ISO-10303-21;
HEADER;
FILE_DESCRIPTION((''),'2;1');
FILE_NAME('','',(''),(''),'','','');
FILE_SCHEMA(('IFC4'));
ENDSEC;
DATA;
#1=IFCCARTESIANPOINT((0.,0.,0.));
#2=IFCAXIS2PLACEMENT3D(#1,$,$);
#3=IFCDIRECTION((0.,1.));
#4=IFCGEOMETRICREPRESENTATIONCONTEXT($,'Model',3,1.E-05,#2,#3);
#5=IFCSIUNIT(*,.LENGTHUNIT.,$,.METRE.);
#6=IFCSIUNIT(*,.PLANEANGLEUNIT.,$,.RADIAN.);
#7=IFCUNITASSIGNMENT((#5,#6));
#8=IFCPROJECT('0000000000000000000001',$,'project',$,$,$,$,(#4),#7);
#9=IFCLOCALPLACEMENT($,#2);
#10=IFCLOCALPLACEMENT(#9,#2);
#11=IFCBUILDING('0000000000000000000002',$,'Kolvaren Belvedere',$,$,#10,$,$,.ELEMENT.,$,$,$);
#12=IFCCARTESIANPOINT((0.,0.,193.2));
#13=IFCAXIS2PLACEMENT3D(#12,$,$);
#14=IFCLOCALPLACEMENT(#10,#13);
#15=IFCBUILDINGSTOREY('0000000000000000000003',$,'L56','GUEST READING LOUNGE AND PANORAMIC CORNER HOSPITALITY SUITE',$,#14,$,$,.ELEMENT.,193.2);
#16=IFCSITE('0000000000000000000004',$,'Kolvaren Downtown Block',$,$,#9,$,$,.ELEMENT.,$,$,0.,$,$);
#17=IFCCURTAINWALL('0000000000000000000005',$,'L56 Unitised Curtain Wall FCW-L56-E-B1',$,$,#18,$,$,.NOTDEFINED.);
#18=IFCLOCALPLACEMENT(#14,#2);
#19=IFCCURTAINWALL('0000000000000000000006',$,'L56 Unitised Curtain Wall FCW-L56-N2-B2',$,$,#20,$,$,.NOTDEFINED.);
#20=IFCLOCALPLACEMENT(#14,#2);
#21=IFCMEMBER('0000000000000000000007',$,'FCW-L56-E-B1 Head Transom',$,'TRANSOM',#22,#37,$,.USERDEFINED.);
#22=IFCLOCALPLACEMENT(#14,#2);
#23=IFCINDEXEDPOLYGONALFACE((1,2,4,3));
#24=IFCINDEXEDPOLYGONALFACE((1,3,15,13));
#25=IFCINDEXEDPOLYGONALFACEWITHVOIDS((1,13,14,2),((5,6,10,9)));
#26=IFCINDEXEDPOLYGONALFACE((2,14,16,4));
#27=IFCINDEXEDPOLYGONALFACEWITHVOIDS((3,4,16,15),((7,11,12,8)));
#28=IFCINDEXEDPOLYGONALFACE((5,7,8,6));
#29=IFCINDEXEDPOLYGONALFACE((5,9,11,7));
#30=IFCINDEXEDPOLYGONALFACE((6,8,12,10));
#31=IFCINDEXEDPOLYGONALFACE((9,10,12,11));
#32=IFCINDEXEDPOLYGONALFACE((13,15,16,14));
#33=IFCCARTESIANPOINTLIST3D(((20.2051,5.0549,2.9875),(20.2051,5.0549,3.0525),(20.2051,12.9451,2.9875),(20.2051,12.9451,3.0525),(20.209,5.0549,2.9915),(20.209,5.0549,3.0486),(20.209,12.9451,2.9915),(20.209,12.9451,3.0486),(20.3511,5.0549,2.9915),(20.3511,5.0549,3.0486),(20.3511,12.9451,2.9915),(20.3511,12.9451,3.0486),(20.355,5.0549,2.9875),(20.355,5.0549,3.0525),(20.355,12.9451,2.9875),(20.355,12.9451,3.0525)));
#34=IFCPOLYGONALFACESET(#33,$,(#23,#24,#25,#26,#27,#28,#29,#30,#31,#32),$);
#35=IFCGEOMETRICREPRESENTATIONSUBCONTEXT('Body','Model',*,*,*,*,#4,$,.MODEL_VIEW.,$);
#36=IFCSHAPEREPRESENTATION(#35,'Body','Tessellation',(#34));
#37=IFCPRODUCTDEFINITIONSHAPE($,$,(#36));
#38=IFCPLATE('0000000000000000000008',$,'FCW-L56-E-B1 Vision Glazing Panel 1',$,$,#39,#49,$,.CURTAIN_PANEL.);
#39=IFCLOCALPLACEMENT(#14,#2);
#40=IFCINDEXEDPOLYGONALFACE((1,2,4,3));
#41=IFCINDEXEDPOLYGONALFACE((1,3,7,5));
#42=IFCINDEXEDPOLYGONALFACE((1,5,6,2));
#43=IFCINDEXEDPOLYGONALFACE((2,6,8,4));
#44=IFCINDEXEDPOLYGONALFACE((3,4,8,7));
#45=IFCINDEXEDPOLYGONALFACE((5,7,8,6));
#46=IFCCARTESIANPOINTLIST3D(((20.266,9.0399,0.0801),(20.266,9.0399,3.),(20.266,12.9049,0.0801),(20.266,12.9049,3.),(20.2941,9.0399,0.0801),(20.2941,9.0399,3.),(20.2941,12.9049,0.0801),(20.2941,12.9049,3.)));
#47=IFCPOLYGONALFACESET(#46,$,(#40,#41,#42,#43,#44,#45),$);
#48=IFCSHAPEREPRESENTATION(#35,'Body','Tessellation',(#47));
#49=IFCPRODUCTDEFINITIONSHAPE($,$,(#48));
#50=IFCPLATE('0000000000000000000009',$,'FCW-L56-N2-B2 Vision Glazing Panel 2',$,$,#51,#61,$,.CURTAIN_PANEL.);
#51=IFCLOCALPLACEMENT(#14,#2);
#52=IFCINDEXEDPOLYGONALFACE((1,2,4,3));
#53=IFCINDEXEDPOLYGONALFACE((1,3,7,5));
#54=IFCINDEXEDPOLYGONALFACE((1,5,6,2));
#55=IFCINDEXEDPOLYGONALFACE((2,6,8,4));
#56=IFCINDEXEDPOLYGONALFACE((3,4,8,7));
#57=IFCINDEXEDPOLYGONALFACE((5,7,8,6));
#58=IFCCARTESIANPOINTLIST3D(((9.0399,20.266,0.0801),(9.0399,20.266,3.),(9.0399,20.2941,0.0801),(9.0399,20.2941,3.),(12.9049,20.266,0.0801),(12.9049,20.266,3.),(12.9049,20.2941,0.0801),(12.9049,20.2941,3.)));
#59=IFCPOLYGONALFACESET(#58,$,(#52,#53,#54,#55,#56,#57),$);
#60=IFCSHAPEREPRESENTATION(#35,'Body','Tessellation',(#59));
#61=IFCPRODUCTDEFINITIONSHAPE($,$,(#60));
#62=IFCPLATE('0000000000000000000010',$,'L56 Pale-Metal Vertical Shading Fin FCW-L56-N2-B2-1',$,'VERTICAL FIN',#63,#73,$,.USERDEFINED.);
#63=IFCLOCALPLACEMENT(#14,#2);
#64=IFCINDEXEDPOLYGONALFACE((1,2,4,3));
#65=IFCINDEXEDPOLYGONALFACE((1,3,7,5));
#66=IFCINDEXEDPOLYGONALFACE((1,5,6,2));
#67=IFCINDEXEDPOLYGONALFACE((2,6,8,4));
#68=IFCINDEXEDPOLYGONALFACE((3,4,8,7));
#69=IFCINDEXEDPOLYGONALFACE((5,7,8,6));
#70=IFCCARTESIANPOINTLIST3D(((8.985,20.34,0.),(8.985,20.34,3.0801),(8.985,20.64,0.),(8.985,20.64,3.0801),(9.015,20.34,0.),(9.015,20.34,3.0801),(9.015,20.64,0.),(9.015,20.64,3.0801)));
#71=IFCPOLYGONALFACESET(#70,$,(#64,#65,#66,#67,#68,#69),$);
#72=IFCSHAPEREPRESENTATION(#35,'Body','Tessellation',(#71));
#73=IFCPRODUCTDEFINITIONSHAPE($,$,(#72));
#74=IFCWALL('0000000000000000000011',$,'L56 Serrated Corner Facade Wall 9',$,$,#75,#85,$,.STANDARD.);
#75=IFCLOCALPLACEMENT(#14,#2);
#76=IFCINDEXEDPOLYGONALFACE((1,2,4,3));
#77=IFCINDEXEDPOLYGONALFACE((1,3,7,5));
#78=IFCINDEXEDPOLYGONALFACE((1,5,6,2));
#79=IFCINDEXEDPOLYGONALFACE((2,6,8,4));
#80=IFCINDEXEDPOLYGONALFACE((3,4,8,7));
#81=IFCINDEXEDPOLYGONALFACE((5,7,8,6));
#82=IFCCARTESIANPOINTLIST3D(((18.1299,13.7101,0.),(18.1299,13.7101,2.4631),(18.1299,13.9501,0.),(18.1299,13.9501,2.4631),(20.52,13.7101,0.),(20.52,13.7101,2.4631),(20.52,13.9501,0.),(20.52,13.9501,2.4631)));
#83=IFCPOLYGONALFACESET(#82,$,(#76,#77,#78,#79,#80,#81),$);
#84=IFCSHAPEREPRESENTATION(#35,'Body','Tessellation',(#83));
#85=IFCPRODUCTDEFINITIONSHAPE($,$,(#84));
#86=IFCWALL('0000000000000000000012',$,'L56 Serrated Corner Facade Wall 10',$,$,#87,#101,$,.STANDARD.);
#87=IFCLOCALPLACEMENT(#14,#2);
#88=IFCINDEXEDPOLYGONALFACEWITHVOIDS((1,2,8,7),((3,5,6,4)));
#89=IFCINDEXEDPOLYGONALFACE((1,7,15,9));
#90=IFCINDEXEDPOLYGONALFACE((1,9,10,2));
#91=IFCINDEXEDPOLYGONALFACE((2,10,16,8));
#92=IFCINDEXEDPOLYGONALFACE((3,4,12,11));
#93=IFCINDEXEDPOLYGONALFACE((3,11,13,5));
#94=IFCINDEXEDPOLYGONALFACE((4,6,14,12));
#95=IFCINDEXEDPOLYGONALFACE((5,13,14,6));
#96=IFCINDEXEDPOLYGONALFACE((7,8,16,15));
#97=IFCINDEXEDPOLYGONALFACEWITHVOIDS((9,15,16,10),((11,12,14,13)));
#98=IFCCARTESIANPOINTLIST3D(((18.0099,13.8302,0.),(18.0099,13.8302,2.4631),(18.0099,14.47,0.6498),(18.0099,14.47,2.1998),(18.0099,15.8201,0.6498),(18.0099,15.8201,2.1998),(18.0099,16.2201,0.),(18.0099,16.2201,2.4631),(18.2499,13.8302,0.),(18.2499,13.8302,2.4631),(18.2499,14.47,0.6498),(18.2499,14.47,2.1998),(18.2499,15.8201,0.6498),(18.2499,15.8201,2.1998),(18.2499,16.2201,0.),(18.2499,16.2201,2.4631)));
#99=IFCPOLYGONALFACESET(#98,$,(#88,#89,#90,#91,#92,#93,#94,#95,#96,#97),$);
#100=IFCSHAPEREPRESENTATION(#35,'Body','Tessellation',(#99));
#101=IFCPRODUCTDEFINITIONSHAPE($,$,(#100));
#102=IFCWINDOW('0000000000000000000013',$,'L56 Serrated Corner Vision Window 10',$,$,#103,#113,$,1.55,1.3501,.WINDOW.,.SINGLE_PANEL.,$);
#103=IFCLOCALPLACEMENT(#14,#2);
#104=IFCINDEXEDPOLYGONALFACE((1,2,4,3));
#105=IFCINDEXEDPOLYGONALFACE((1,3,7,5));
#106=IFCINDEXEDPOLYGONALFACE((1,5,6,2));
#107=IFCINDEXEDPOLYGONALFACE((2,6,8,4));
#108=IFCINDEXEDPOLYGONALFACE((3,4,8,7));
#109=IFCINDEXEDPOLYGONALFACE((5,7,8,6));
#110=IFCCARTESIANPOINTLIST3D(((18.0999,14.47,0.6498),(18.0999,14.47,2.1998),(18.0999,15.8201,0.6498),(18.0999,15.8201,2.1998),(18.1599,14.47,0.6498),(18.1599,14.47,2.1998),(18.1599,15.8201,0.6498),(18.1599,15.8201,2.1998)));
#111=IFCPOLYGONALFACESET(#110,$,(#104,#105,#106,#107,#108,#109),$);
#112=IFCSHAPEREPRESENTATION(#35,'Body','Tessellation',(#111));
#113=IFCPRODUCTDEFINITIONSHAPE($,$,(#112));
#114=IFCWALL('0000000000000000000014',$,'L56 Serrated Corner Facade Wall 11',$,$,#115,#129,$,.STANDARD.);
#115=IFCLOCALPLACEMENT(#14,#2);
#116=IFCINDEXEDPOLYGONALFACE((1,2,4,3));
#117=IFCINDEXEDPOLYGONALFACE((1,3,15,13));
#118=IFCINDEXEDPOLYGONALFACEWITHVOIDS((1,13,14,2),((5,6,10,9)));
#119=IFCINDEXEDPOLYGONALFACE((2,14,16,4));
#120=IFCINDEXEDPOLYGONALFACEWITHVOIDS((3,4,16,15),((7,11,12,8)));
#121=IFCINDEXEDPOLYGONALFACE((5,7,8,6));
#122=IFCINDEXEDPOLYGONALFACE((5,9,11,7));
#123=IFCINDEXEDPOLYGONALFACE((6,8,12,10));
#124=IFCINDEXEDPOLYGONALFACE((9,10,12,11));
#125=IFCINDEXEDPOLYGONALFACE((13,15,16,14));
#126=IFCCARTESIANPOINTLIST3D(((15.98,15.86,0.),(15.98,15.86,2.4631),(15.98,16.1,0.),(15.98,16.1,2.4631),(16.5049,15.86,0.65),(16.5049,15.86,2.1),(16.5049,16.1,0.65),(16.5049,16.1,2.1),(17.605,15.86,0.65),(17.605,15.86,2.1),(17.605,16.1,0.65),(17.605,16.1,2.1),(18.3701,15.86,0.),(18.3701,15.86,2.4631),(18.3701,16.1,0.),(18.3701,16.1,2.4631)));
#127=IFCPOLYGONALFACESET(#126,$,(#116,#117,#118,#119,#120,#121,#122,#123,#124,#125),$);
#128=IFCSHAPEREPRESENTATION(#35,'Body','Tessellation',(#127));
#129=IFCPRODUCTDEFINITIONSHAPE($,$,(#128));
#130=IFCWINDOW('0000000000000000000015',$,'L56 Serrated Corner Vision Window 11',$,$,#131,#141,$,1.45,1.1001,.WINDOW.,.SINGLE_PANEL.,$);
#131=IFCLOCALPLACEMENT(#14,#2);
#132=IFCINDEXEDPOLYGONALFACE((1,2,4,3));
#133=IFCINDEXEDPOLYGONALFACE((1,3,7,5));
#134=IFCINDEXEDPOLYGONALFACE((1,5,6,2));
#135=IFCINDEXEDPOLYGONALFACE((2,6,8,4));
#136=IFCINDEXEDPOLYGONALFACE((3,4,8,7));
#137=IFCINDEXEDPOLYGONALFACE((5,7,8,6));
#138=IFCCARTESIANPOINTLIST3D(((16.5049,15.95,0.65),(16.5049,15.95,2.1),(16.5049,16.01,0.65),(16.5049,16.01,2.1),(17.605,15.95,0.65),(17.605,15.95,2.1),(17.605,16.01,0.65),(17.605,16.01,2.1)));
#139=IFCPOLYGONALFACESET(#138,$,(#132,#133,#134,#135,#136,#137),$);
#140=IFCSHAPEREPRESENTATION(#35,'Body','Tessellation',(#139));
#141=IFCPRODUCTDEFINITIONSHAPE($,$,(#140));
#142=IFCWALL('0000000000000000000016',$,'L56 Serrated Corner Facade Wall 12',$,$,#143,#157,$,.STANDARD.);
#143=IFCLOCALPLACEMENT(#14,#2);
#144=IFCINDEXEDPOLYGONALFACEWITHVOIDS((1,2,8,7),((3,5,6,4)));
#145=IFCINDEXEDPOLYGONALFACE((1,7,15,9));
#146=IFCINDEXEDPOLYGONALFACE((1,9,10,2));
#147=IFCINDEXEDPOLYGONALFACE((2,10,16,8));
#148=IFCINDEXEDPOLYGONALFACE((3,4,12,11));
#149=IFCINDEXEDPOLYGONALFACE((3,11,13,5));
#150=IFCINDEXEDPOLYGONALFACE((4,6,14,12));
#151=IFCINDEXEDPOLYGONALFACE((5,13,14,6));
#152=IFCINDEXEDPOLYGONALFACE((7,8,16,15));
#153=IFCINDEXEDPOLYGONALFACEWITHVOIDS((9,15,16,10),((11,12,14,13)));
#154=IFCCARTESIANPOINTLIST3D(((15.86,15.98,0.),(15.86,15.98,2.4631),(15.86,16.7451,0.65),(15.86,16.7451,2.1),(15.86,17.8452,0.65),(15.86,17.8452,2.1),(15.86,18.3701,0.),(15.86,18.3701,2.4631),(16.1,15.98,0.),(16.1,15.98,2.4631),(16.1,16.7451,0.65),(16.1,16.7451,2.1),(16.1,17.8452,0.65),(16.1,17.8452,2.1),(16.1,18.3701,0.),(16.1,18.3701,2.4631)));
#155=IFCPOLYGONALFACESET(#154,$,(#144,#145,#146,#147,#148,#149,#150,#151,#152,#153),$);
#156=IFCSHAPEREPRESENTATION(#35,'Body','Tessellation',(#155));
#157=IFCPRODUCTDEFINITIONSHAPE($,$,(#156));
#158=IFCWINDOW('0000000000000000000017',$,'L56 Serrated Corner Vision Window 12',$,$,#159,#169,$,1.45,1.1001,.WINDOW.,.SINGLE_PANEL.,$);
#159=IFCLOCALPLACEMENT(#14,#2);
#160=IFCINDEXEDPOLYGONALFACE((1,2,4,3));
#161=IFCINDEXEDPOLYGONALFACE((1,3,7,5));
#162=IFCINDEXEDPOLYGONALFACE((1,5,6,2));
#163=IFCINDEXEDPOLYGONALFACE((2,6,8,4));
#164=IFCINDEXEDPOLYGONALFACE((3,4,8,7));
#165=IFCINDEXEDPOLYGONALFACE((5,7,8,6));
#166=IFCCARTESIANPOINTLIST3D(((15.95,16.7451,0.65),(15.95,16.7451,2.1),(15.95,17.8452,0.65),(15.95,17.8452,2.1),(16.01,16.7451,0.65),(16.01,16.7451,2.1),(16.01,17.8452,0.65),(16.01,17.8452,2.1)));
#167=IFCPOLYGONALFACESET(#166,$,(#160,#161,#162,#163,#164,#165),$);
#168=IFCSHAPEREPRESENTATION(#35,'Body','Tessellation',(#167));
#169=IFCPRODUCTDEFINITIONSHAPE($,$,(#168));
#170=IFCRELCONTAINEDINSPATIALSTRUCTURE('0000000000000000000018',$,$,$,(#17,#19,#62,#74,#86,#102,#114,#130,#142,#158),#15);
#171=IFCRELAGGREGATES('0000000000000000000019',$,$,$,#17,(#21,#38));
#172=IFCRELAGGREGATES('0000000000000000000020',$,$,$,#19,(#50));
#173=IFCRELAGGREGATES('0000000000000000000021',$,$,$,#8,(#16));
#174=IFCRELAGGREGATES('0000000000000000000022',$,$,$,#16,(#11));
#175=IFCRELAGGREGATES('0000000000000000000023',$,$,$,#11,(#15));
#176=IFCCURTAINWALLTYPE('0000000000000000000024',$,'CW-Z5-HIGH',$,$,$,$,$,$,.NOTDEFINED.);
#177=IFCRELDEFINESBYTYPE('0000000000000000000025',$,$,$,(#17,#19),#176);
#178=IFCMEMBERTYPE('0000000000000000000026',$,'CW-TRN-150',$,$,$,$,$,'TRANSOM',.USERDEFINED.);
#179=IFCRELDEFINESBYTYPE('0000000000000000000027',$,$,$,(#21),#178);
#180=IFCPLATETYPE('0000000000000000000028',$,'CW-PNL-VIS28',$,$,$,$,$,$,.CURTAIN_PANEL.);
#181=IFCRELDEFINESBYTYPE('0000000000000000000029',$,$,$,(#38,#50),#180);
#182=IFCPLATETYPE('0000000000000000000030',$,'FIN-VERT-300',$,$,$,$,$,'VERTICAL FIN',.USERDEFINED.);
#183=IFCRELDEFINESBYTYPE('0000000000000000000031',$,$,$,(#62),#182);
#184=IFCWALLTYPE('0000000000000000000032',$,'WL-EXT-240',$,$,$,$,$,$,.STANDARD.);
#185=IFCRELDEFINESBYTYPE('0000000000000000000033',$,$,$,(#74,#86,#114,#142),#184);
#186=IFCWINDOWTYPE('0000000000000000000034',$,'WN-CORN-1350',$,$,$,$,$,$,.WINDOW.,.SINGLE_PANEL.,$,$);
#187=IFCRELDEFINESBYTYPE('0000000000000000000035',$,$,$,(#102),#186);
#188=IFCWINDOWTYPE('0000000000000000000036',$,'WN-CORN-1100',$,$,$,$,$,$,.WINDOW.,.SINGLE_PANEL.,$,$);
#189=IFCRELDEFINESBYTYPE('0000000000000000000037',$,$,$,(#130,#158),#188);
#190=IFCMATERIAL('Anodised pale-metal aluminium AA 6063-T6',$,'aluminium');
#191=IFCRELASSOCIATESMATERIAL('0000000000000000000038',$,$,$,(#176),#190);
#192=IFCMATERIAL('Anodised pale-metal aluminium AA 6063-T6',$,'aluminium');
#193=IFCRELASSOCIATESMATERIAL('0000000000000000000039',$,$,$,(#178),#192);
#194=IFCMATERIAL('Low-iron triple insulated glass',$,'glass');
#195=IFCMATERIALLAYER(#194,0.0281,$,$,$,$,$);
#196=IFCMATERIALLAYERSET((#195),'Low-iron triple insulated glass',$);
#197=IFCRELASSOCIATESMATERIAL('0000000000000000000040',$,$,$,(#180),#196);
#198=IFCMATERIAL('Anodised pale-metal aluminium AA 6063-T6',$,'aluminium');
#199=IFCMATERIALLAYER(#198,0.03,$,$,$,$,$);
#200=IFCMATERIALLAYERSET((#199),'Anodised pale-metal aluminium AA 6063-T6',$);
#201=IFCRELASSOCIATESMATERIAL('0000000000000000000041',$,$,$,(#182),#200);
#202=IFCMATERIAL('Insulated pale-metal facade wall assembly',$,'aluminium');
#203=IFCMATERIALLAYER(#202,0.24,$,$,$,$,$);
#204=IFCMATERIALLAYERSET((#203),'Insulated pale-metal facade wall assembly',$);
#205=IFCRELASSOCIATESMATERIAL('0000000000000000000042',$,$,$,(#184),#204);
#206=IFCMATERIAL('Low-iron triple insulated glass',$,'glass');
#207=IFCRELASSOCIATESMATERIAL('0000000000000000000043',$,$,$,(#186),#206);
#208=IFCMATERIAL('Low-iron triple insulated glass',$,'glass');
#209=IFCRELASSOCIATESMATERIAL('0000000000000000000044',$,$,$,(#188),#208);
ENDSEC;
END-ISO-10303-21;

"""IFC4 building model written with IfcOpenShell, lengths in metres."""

from ifc_helpers import new_model, si_unit, direction, frame, frame_2d, origin, origin_2d, place, context, subcontext, project, spatial, rectangle, hollow_rectangle, extrude, material, layer, layer_set, material_profile, profile_set, type_object, element, fill, aggregate, save


model = new_model("IFC4")

# Units and contexts
model_context = context("Model", 3, precision=1e-05, world=origin(), true_north=direction((0.0, 1.0)))
body_context = subcontext(model_context, "Body", "Model", "MODEL_VIEW")
ifc_project = project(units=[si_unit("LENGTHUNIT", "METRE"), si_unit("PLANEANGLEUNIT", "RADIAN")], contexts=[model_context])

# Site, building, storey
site_placement = place(None, origin())
site = spatial("IfcSite", under=ifc_project, at=site_placement, Name="Kolvaren Downtown Block", CompositionType="ELEMENT", RefElevation=0.0)
building_placement = place(site_placement, origin())
building = spatial("IfcBuilding", under=site, at=building_placement, Name="Kolvaren Belvedere", CompositionType="ELEMENT")
storey_placement = place(building_placement, frame((0.0, 0.0, 193.2)))
storey = spatial("IfcBuildingStorey", under=building, at=storey_placement, Name="L56", Description="GUEST READING LOUNGE AND PANORAMIC CORNER HOSPITALITY SUITE", CompositionType="ELEMENT", Elevation=193.2)

# Curtain wall
ifc_material_1 = material(Name="Anodised pale-metal aluminium AA 6063-T6", Category="aluminium")
curtain_wall_type = type_object("IfcCurtainWallType", Name="CW-Z5-HIGH", PredefinedType="NOTDEFINED", material=ifc_material_1)
curtain_wall_1_placement = place(storey_placement, origin())
curtain_wall_1 = element("IfcCurtainWall", 1, at=curtain_wall_1_placement, inside=storey, type_object=curtain_wall_type, Name="L56 Unitised Curtain Wall FCW-L56-E-B1", PredefinedType="NOTDEFINED")

# Curtain wall
curtain_wall_2_placement = place(storey_placement, origin())
curtain_wall_2 = element("IfcCurtainWall", 2, at=curtain_wall_2_placement, inside=storey, type_object=curtain_wall_type, Name="L56 Unitised Curtain Wall FCW-L56-N2-B2", PredefinedType="NOTDEFINED")

# Member
ifc_material_2 = material(Name="Anodised pale-metal aluminium AA 6063-T6", Category="aluminium")
ifc_material_profile_1 = material_profile(ifc_material_2, hollow_rectangle(XDim=0.0649, YDim=0.1499, WallThickness=0.0039, at=origin_2d()), Name="ALU-TRN-150X65")
ifc_profile_set_1 = profile_set([ifc_material_profile_1], Name="Anodised pale-metal aluminium AA 6063-T6")
member_type_1 = type_object("IfcMemberType", Name="CW-TRN-150", ElementType="TRANSOM", PredefinedType="USERDEFINED", material=ifc_profile_set_1)
member_1_placement = place(storey_placement, frame((20.28, 12.9451, 3.02), z_axis=(0.0, -1.0, 0.0), x_axis=(0.0, 0.0, 1.0)))
member_1 = element("IfcMember", 3, at=member_1_placement, type_object=member_type_1, Name="FCW-L56-E-B1 Head Transom", ObjectType="TRANSOM", PredefinedType="USERDEFINED", context=body_context, shape_type="SweptSolid", body=[
    extrude(hollow_rectangle(XDim=0.0649, YDim=0.1499, WallThickness=0.0039, at=origin_2d()), origin(), (0.0, 0.0, 1.0), 7.8901),
])

# Plates
ifc_material_3 = material(Name="Low-iron triple insulated glass", Category="glass")
ifc_layer_1 = layer(ifc_material_3, 0.0281)
ifc_layer_set_1 = layer_set([ifc_layer_1], Name="Low-iron triple insulated glass")
plate_type_1 = type_object("IfcPlateType", Name="CW-PNL-VIS28", PredefinedType="CURTAIN_PANEL", material=ifc_layer_set_1)
plate_1_placement = place(storey_placement, frame((20.28, 10.9724, 0.0801), z_axis=(0.0, 0.0, 1.0), x_axis=(0.0, -1.0, 0.0)))
plate_1 = element("IfcPlate", 4, at=plate_1_placement, type_object=plate_type_1, Name="FCW-L56-E-B1 Vision Glazing Panel 1", PredefinedType="CURTAIN_PANEL", context=body_context, shape_type="SweptSolid", body=[
    extrude(rectangle(XDim=3.865, YDim=0.0281, at=origin_2d()), origin(), (0.0, 0.0, 1.0), 2.9199),
])
aggregate(curtain_wall_1, [member_1, plate_1])
plate_2_placement = place(storey_placement, frame((10.9724, 20.28, 0.0801), z_axis=(0.0, 0.0, 1.0), x_axis=(1.0, 0.0, 0.0)))
plate_2 = element("IfcPlate", 5, at=plate_2_placement, type_object=plate_type_1, Name="FCW-L56-N2-B2 Vision Glazing Panel 2", PredefinedType="CURTAIN_PANEL", context=body_context, shape_type="SweptSolid", body=[
    extrude(rectangle(XDim=3.865, YDim=0.0281, at=origin_2d()), origin(), (0.0, 0.0, 1.0), 2.9199),
])
aggregate(curtain_wall_2, [plate_2])
ifc_material_4 = material(Name="Anodised pale-metal aluminium AA 6063-T6", Category="aluminium")
ifc_layer_2 = layer(ifc_material_4, 0.03)
ifc_layer_set_2 = layer_set([ifc_layer_2], Name="Anodised pale-metal aluminium AA 6063-T6")
plate_type_2 = type_object("IfcPlateType", Name="FIN-VERT-300", ElementType="VERTICAL FIN", PredefinedType="USERDEFINED", material=ifc_layer_set_2)
plate_3_placement = place(storey_placement, frame((9.0, 20.49, 0.0), z_axis=(0.0, 0.0, 1.0), x_axis=(0.0, 1.0, 0.0)))
element("IfcPlate", 6, at=plate_3_placement, inside=storey, type_object=plate_type_2, Name="L56 Pale-Metal Vertical Shading Fin FCW-L56-N2-B2-1", ObjectType="VERTICAL FIN", PredefinedType="USERDEFINED", context=body_context, shape_type="SweptSolid", body=[
    extrude(rectangle(XDim=0.3, YDim=0.03, at=origin_2d()), origin(), (0.0, 0.0, 1.0), 3.0801),
])

# Wall
ifc_material_5 = material(Name="Insulated pale-metal facade wall assembly", Category="aluminium")
ifc_layer_3 = layer(ifc_material_5, 0.24)
ifc_layer_set_3 = layer_set([ifc_layer_3], Name="Insulated pale-metal facade wall assembly")
wall_type_1 = type_object("IfcWallType", Name="WL-EXT-240", PredefinedType="STANDARD", material=ifc_layer_set_3)
wall_1_placement = place(storey_placement, frame((18.1299, 13.8301, 0.0), z_axis=(0.0, 0.0, 1.0), x_axis=(1.0, 0.0, 0.0)))
element("IfcWall", 7, at=wall_1_placement, inside=storey, type_object=wall_type_1, Name="L56 Serrated Corner Facade Wall 9", PredefinedType="STANDARD", context=body_context, shape_type="SweptSolid", body=[
    extrude(rectangle(XDim=2.3901, YDim=0.24, at=frame_2d((1.1951, 0.0))), origin(), (0.0, 0.0, 1.0), 2.4631),
])

# Walls, openings, windows
wall_2_placement = place(storey_placement, frame((18.1299, 16.22, 0.0), z_axis=(0.0, 0.0, 1.0), x_axis=(0.0, -1.0, 0.0)))
wall_2 = element("IfcWall", 8, at=wall_2_placement, inside=storey, type_object=wall_type_1, Name="L56 Serrated Corner Facade Wall 10", PredefinedType="STANDARD", context=body_context, shape_type="SweptSolid", body=[
    extrude(rectangle(XDim=2.3899, YDim=0.24, at=frame_2d((1.1948, 0.0))), origin(), (0.0, 0.0, 1.0), 2.4631),
])
opening_1_placement = place(wall_2_placement, frame((0.3999, 0.0, 0.6499)))
opening_1 = element("IfcOpeningElement", 9, at=opening_1_placement, cuts=wall_2, PredefinedType="OPENING", context=body_context, shape_type="SweptSolid", body=[
    extrude(rectangle(XDim=1.3501, YDim=1.55, at=frame_2d((0.675, 0.7749))), frame((0.0, 0.1299, 0.0), z_axis=(0.0, -1.0, 0.0), x_axis=(1.0, 0.0, 0.0)), (0.0, 0.0, 1.0), 0.26),
])
ifc_material_6 = material(Name="Low-iron triple insulated glass", Category="glass")
window_type_1 = type_object("IfcWindowType", Name="WN-CORN-1350", PartitioningType="SINGLE_PANEL", PredefinedType="WINDOW", material=ifc_material_6)
window_1_placement = place(opening_1_placement, origin())
window_1 = element("IfcWindow", 10, at=window_1_placement, inside=storey, type_object=window_type_1, Name="L56 Serrated Corner Vision Window 10", OverallHeight=1.55, OverallWidth=1.3501, PartitioningType="SINGLE_PANEL", PredefinedType="WINDOW", context=body_context, shape_type="SweptSolid", body=[
    extrude(rectangle(XDim=1.3501, YDim=1.55, at=frame_2d((0.675, 0.7749))), frame((0.0, 0.03, 0.0), z_axis=(0.0, -1.0, 0.0), x_axis=(1.0, 0.0, 0.0)), (0.0, 0.0, 1.0), 0.0601),
])
fill(opening_1, window_1)
wall_3_placement = place(storey_placement, frame((15.98, 15.98, 0.0), z_axis=(0.0, 0.0, 1.0), x_axis=(1.0, 0.0, 0.0)))
wall_3 = element("IfcWall", 11, at=wall_3_placement, inside=storey, type_object=wall_type_1, Name="L56 Serrated Corner Facade Wall 11", PredefinedType="STANDARD", context=body_context, shape_type="SweptSolid", body=[
    extrude(rectangle(XDim=2.3901, YDim=0.24, at=frame_2d((1.1951, 0.0))), origin(), (0.0, 0.0, 1.0), 2.4631),
])
opening_2_placement = place(wall_3_placement, frame((0.5249, 0.0, 0.6499)))
opening_2 = element("IfcOpeningElement", 12, at=opening_2_placement, cuts=wall_3, PredefinedType="OPENING", context=body_context, shape_type="SweptSolid", body=[
    extrude(rectangle(XDim=1.1001, YDim=1.45, at=frame_2d((0.55, 0.7251))), frame((0.0, 0.1299, 0.0), z_axis=(0.0, -1.0, 0.0), x_axis=(1.0, 0.0, 0.0)), (0.0, 0.0, 1.0), 0.26),
])
ifc_material_7 = material(Name="Low-iron triple insulated glass", Category="glass")
window_type_2 = type_object("IfcWindowType", Name="WN-CORN-1100", PartitioningType="SINGLE_PANEL", PredefinedType="WINDOW", material=ifc_material_7)
window_2_placement = place(opening_2_placement, origin())
window_2 = element("IfcWindow", 13, at=window_2_placement, inside=storey, type_object=window_type_2, Name="L56 Serrated Corner Vision Window 11", OverallHeight=1.45, OverallWidth=1.1001, PartitioningType="SINGLE_PANEL", PredefinedType="WINDOW", context=body_context, shape_type="SweptSolid", body=[
    extrude(rectangle(XDim=1.1001, YDim=1.45, at=frame_2d((0.55, 0.7251))), frame((0.0, 0.03, 0.0), z_axis=(0.0, -1.0, 0.0), x_axis=(1.0, 0.0, 0.0)), (0.0, 0.0, 1.0), 0.0601),
])
fill(opening_2, window_2)
wall_4_placement = place(storey_placement, frame((15.98, 18.3701, 0.0), z_axis=(0.0, 0.0, 1.0), x_axis=(0.0, -1.0, 0.0)))
wall_4 = element("IfcWall", 14, at=wall_4_placement, inside=storey, type_object=wall_type_1, Name="L56 Serrated Corner Facade Wall 12", PredefinedType="STANDARD", context=body_context, shape_type="SweptSolid", body=[
    extrude(rectangle(XDim=2.3901, YDim=0.24, at=frame_2d((1.1951, 0.0))), origin(), (0.0, 0.0, 1.0), 2.4631),
])
opening_3_placement = place(wall_4_placement, frame((0.5249, 0.0, 0.6499)))
opening_3 = element("IfcOpeningElement", 15, at=opening_3_placement, cuts=wall_4, PredefinedType="OPENING", context=body_context, shape_type="SweptSolid", body=[
    extrude(rectangle(XDim=1.1001, YDim=1.45, at=frame_2d((0.55, 0.7251))), frame((0.0, 0.1299, 0.0), z_axis=(0.0, -1.0, 0.0), x_axis=(1.0, 0.0, 0.0)), (0.0, 0.0, 1.0), 0.26),
])
window_3_placement = place(opening_3_placement, origin())
window_3 = element("IfcWindow", 16, at=window_3_placement, inside=storey, type_object=window_type_2, Name="L56 Serrated Corner Vision Window 12", OverallHeight=1.45, OverallWidth=1.1001, PartitioningType="SINGLE_PANEL", PredefinedType="WINDOW", context=body_context, shape_type="SweptSolid", body=[
    extrude(rectangle(XDim=1.1001, YDim=1.45, at=frame_2d((0.55, 0.7251))), frame((0.0, 0.03, 0.0), z_axis=(0.0, -1.0, 0.0), x_axis=(1.0, 0.0, 0.0)), (0.0, 0.0, 1.0), 0.0601),
])
fill(opening_3, window_3)

save(model, "model.ifc")
